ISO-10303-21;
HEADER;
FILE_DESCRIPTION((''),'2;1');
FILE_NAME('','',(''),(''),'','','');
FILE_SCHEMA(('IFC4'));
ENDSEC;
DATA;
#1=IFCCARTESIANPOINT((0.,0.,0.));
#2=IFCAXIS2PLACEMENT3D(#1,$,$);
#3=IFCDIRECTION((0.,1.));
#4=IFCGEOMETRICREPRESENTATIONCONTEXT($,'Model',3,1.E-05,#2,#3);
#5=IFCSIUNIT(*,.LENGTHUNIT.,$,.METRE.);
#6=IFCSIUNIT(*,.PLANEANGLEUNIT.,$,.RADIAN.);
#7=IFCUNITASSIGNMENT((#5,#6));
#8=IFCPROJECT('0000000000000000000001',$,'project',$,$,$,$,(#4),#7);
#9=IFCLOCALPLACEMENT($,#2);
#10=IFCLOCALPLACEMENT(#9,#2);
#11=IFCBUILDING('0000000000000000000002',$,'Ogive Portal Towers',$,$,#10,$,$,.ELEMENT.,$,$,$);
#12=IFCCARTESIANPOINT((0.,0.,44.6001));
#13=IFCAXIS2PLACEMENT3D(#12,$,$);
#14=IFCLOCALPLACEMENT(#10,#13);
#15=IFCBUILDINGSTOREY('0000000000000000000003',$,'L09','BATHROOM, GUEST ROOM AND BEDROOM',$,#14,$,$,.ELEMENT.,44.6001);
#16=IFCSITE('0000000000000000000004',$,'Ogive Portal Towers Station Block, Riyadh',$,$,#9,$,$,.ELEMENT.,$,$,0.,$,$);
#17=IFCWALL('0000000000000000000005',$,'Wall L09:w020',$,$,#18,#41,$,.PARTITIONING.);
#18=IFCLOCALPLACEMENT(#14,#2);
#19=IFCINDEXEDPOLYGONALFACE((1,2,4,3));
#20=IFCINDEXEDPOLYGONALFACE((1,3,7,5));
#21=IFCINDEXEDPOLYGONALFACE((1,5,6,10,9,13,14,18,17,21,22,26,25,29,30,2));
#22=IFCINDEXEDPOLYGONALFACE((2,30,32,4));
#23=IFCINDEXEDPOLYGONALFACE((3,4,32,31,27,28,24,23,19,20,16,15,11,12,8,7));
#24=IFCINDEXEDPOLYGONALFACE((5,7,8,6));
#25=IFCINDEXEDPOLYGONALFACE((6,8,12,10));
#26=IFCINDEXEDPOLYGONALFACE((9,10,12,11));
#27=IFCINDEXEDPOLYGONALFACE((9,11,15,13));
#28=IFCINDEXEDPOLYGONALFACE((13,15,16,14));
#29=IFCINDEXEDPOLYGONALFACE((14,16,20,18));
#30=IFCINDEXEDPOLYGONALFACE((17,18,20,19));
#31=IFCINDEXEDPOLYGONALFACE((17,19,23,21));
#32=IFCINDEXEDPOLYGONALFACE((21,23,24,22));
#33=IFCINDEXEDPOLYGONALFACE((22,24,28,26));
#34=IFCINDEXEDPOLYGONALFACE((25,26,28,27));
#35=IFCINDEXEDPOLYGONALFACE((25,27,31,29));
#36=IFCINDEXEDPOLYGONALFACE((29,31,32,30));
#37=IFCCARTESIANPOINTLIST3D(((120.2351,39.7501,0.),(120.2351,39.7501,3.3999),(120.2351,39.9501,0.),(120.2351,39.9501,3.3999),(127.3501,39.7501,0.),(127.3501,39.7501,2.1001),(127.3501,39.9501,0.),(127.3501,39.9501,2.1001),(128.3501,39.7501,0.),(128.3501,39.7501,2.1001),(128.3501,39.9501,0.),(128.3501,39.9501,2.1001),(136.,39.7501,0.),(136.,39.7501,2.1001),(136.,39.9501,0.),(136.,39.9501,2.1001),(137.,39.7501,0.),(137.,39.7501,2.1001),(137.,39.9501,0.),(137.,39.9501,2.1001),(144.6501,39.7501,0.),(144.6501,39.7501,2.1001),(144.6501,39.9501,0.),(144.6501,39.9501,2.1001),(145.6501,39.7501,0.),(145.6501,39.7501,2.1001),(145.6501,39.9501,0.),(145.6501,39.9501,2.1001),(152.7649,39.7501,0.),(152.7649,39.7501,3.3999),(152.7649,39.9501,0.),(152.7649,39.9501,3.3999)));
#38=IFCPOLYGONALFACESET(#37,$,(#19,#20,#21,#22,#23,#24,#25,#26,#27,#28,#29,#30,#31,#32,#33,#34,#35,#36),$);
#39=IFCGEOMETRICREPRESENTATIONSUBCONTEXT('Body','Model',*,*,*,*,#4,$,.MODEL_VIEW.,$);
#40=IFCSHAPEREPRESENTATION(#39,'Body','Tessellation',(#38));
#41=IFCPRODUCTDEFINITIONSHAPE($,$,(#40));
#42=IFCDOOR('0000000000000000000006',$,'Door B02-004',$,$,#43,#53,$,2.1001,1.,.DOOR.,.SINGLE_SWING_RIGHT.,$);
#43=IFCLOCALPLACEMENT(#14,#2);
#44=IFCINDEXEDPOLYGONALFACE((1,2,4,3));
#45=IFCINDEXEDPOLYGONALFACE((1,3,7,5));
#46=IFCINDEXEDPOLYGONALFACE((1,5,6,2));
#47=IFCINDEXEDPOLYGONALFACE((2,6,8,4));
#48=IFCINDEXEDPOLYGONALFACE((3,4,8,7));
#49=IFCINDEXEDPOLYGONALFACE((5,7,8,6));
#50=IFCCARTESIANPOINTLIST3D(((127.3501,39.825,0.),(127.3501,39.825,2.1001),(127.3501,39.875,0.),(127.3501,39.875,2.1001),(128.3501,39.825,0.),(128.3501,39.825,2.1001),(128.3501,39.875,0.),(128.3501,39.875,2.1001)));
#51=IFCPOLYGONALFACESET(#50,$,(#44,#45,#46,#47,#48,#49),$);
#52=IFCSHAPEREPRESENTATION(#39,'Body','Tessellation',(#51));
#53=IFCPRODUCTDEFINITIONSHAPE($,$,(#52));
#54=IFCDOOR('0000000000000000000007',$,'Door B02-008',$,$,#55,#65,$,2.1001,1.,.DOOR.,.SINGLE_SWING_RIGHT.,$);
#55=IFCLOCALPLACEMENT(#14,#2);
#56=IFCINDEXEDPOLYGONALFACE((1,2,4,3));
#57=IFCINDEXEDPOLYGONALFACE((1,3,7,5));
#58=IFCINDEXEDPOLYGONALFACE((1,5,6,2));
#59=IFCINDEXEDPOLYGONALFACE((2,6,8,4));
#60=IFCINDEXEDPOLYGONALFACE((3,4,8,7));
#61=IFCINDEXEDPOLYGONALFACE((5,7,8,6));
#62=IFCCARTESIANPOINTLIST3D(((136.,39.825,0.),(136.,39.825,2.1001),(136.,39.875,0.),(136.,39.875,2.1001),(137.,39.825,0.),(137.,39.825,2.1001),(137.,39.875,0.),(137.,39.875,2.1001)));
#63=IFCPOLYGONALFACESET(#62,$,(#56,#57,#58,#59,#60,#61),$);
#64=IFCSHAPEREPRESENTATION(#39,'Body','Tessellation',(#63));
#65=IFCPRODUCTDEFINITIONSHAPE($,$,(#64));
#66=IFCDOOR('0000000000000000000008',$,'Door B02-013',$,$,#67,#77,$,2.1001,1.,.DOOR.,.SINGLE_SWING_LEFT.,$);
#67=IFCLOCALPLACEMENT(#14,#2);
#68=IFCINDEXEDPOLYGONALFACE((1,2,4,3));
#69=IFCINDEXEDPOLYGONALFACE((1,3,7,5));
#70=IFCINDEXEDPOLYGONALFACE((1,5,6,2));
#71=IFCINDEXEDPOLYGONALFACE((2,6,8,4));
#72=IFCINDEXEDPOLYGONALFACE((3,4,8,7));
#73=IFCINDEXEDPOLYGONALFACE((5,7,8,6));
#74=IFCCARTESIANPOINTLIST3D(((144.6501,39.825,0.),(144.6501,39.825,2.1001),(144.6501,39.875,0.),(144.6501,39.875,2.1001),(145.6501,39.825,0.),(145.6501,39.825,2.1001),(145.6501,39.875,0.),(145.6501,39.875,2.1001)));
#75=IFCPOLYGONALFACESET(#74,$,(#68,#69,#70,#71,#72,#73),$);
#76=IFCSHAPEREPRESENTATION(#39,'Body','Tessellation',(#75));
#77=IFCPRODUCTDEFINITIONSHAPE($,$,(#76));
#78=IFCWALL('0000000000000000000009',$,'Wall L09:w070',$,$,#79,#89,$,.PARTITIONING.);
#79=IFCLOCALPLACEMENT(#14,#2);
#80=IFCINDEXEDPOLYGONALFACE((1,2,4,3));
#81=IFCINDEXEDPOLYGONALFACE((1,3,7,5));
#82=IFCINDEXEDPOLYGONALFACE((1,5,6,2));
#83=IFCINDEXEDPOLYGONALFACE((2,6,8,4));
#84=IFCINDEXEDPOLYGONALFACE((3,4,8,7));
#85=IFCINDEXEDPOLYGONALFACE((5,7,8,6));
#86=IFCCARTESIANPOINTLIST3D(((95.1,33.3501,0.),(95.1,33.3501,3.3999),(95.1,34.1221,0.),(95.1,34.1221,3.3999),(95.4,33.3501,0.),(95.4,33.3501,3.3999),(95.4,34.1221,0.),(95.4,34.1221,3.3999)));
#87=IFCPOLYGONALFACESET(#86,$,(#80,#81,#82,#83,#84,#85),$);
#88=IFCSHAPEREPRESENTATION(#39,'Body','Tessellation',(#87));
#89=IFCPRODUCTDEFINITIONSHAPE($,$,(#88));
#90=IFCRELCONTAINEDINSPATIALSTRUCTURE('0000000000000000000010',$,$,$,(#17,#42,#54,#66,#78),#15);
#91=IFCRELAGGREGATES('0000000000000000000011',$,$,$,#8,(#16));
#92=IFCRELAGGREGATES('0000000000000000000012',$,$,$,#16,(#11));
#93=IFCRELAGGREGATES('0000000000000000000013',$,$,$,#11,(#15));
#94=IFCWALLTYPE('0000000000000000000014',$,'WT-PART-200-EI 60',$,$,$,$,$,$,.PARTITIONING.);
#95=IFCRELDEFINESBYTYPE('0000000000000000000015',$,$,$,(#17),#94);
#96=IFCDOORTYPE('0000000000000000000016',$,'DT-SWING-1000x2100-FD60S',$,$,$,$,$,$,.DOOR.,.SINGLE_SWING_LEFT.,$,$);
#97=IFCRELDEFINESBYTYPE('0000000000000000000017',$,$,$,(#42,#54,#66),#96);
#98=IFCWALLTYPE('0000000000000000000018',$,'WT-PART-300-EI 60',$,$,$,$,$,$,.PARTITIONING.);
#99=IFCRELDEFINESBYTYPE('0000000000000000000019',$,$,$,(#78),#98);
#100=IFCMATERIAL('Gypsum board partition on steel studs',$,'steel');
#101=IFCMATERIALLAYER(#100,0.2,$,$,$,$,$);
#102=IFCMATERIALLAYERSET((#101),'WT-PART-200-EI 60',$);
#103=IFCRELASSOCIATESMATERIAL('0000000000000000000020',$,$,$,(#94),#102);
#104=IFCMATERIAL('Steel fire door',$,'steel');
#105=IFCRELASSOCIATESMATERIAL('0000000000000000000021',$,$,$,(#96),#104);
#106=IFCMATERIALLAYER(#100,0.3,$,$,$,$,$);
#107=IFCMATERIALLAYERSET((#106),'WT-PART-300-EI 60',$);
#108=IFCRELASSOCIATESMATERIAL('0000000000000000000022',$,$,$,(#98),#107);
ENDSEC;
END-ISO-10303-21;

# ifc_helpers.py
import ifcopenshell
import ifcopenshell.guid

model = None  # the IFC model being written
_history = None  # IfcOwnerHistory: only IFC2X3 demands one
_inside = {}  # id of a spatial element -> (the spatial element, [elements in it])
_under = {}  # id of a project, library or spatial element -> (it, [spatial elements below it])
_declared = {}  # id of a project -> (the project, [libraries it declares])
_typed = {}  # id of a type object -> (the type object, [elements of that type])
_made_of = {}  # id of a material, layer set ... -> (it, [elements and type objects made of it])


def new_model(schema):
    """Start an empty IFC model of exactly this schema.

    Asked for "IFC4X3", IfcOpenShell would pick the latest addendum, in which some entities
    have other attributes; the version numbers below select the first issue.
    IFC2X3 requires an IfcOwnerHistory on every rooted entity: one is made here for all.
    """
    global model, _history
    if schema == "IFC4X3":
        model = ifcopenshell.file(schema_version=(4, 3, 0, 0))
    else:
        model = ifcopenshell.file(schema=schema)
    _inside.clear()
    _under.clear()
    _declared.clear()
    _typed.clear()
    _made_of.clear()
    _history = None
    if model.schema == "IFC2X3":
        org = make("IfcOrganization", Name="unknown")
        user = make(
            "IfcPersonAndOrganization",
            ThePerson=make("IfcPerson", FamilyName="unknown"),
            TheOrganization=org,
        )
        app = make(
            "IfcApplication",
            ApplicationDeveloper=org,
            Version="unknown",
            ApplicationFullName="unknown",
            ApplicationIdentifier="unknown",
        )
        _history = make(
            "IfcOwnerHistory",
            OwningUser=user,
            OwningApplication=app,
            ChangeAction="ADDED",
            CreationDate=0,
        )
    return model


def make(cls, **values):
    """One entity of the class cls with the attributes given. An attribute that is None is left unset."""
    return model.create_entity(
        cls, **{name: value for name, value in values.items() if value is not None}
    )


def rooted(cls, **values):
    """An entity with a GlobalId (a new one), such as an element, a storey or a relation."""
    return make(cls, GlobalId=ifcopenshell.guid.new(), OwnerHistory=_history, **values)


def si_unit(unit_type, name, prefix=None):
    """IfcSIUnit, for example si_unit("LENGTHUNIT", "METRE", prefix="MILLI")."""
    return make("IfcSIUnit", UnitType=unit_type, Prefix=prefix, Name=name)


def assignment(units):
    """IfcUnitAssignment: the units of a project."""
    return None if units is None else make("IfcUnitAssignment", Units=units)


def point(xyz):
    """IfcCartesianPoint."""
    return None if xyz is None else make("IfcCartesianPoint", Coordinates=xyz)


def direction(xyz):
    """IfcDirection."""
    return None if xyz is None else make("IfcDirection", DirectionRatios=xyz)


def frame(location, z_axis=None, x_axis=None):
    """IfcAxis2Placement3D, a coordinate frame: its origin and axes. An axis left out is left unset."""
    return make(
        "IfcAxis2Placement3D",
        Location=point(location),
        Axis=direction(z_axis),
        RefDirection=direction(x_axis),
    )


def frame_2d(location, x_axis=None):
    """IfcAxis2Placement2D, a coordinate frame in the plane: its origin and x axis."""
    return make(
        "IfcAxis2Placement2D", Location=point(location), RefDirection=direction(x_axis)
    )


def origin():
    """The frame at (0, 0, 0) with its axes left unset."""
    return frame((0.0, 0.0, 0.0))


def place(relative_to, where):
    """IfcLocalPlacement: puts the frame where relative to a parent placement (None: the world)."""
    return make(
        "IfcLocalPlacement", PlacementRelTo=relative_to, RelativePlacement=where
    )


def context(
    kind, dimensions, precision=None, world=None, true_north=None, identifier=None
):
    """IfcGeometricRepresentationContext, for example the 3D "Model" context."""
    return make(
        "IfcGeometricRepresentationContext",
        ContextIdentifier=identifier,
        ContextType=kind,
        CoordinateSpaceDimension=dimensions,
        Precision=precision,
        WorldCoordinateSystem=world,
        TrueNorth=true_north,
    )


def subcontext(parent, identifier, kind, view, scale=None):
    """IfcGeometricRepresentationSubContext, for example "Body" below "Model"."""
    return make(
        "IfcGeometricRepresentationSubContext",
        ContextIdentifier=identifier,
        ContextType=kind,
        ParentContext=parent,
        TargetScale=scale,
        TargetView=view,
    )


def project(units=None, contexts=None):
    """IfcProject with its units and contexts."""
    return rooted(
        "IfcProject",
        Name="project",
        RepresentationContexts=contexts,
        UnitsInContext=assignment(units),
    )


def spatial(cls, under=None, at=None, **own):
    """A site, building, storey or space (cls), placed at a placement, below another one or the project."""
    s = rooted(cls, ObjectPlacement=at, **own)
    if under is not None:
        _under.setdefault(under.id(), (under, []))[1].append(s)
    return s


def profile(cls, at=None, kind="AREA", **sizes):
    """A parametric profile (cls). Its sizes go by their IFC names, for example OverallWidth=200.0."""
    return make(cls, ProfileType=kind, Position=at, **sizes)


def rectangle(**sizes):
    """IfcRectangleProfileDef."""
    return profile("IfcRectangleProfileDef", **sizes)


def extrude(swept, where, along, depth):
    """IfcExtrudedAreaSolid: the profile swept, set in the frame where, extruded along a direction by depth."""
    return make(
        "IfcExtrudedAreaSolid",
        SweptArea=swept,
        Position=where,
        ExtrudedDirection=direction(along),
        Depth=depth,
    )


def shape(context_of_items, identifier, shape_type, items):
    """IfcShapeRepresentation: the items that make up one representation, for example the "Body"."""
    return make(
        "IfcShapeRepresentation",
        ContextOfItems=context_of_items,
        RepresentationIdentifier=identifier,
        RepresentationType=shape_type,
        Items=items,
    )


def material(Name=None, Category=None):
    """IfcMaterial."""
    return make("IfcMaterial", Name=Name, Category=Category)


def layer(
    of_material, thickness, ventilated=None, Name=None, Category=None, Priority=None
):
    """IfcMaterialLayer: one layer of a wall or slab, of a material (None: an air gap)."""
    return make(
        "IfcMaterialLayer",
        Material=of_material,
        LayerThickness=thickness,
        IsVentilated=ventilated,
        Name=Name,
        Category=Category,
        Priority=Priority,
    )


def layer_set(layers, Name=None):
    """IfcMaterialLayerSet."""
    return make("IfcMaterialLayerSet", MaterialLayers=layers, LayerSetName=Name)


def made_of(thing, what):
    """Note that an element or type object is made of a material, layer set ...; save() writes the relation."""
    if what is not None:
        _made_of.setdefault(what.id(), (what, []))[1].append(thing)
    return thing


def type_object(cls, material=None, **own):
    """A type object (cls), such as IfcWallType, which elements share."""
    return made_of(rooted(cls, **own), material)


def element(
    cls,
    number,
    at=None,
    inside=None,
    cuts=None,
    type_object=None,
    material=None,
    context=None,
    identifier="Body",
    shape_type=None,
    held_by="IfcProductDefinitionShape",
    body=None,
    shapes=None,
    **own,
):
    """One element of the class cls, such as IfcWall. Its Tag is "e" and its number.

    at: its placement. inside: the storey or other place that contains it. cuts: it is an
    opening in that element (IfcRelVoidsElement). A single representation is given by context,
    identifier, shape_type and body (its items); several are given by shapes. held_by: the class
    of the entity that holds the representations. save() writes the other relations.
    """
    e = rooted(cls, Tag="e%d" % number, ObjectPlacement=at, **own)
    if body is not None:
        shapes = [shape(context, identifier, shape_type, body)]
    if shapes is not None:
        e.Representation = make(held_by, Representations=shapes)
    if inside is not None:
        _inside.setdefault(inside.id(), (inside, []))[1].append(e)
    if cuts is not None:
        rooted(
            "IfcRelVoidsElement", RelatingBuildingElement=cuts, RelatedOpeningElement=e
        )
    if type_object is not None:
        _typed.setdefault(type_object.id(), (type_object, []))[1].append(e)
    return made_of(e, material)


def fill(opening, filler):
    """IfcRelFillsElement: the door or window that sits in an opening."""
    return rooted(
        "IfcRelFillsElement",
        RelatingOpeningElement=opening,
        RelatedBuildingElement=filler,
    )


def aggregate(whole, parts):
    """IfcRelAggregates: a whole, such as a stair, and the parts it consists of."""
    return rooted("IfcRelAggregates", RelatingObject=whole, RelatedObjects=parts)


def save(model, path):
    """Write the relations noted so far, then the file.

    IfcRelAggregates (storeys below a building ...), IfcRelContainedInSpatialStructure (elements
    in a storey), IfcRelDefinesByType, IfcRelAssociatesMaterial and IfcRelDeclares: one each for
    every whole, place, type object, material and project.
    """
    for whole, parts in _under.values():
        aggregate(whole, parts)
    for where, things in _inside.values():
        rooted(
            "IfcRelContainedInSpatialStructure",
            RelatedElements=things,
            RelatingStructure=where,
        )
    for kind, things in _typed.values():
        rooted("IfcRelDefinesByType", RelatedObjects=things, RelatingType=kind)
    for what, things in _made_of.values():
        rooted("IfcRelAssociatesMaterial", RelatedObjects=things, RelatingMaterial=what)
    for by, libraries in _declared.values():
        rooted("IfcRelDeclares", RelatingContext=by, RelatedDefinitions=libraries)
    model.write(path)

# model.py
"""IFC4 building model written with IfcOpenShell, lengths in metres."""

from ifc_helpers import new_model, si_unit, direction, frame, frame_2d, origin, place, context, subcontext, project, spatial, rectangle, extrude, material, layer, layer_set, type_object, element, fill, save


model = new_model("IFC4")

# Units and contexts
model_context = context("Model", 3, precision=1e-05, world=origin(), true_north=direction((0.0, 1.0)))
body_context = subcontext(model_context, "Body", "Model", "MODEL_VIEW")
ifc_project = project(units=[si_unit("LENGTHUNIT", "METRE"), si_unit("PLANEANGLEUNIT", "RADIAN")], contexts=[model_context])

# Site, building, storey
site_placement = place(None, origin())
site = spatial("IfcSite", under=ifc_project, at=site_placement, Name="Ogive Portal Towers Station Block, Riyadh", CompositionType="ELEMENT", RefElevation=0.0)
building_placement = place(site_placement, origin())
building = spatial("IfcBuilding", under=site, at=building_placement, Name="Ogive Portal Towers", CompositionType="ELEMENT")
storey_placement = place(building_placement, frame((0.0, 0.0, 44.6001)))
storey = spatial("IfcBuildingStorey", under=building, at=storey_placement, Name="L09", Description="BATHROOM, GUEST ROOM AND BEDROOM", CompositionType="ELEMENT", Elevation=44.6001)

# Shared definitions
ifc_material_1 = material(Name="Steel fire door", Category="steel")

# Shared definitions
ifc_material_2 = material(Name="Gypsum board partition on steel studs", Category="steel")
ifc_layer_1 = layer(ifc_material_2, 0.2)
ifc_layer_set_1 = layer_set([ifc_layer_1], Name="WT-PART-200-EI 60")
wall_type_1 = type_object("IfcWallType", Name="WT-PART-200-EI 60", PredefinedType="PARTITIONING", material=ifc_layer_set_1)

# Wall, openings, doors
wall_1_placement = place(storey_placement, frame((120.2351, 39.8501, 0.0), z_axis=(0.0, 0.0, 1.0), x_axis=(1.0, 0.0, 0.0)))
wall_1 = element("IfcWall", 1, at=wall_1_placement, inside=storey, type_object=wall_type_1, Name="Wall L09:w020", PredefinedType="PARTITIONING", context=body_context, shape_type="SweptSolid", body=[
    extrude(rectangle(XDim=32.5298, YDim=0.2, at=frame_2d((16.2649, 0.0))), origin(), (0.0, 0.0, 1.0), 3.3999),
])
opening_1_placement = place(wall_1_placement, frame((7.115, 0.0, 0.0)))
opening_1 = element("IfcOpeningElement", 2, at=opening_1_placement, cuts=wall_1, PredefinedType="OPENING", context=body_context, shape_type="SweptSolid", body=[
    extrude(rectangle(XDim=1.0, YDim=2.1001, at=frame_2d((0.5, 1.05))), frame((0.0, 0.1099, 0.0), z_axis=(0.0, -1.0, 0.0), x_axis=(1.0, 0.0, 0.0)), (0.0, 0.0, 1.0), 0.22),
])
opening_2_placement = place(wall_1_placement, frame((15.7649, 0.0, 0.0)))
opening_2 = element("IfcOpeningElement", 3, at=opening_2_placement, cuts=wall_1, PredefinedType="OPENING", context=body_context, shape_type="SweptSolid", body=[
    extrude(rectangle(XDim=1.0, YDim=2.1001, at=frame_2d((0.5, 1.05))), frame((0.0, 0.1099, 0.0), z_axis=(0.0, -1.0, 0.0), x_axis=(1.0, 0.0, 0.0)), (0.0, 0.0, 1.0), 0.22),
])
opening_3_placement = place(wall_1_placement, frame((24.415, 0.0, 0.0)))
opening_3 = element("IfcOpeningElement", 4, at=opening_3_placement, cuts=wall_1, PredefinedType="OPENING", context=body_context, shape_type="SweptSolid", body=[
    extrude(rectangle(XDim=1.0, YDim=2.1001, at=frame_2d((0.5, 1.05))), frame((0.0, 0.1099, 0.0), z_axis=(0.0, -1.0, 0.0), x_axis=(1.0, 0.0, 0.0)), (0.0, 0.0, 1.0), 0.22),
])
door_type_1 = type_object("IfcDoorType", Name="DT-SWING-1000x2100-FD60S", OperationType="SINGLE_SWING_LEFT", PredefinedType="DOOR", material=ifc_material_1)
door_1_placement = place(opening_1_placement, origin())
door_1 = element("IfcDoor", 5, at=door_1_placement, inside=storey, type_object=door_type_1, Name="Door B02-004", OperationType="SINGLE_SWING_RIGHT", OverallHeight=2.1001, OverallWidth=1.0, PredefinedType="DOOR", context=body_context, shape_type="SweptSolid", body=[
    extrude(rectangle(XDim=1.0, YDim=2.1001, at=frame_2d((0.5, 1.05))), frame((0.0, 0.0249, 0.0), z_axis=(0.0, -1.0, 0.0), x_axis=(1.0, 0.0, 0.0)), (0.0, 0.0, 1.0), 0.05),
])
fill(opening_1, door_1)
door_2_placement = place(opening_2_placement, origin())
door_2 = element("IfcDoor", 6, at=door_2_placement, inside=storey, type_object=door_type_1, Name="Door B02-008", OperationType="SINGLE_SWING_RIGHT", OverallHeight=2.1001, OverallWidth=1.0, PredefinedType="DOOR", context=body_context, shape_type="SweptSolid", body=[
    extrude(rectangle(XDim=1.0, YDim=2.1001, at=frame_2d((0.5, 1.05))), frame((0.0, 0.0249, 0.0), z_axis=(0.0, -1.0, 0.0), x_axis=(1.0, 0.0, 0.0)), (0.0, 0.0, 1.0), 0.05),
])
fill(opening_2, door_2)
door_3_placement = place(opening_3_placement, origin())
door_3 = element("IfcDoor", 7, at=door_3_placement, inside=storey, type_object=door_type_1, Name="Door B02-013", OperationType="SINGLE_SWING_LEFT", OverallHeight=2.1001, OverallWidth=1.0, PredefinedType="DOOR", context=body_context, shape_type="SweptSolid", body=[
    extrude(rectangle(XDim=1.0, YDim=2.1001, at=frame_2d((0.5, 1.05))), frame((0.0, 0.0249, 0.0), z_axis=(0.0, -1.0, 0.0), x_axis=(1.0, 0.0, 0.0)), (0.0, 0.0, 1.0), 0.05),
])
fill(opening_3, door_3)

# Wall
ifc_layer_2 = layer(ifc_material_2, 0.3)
ifc_layer_set_2 = layer_set([ifc_layer_2], Name="WT-PART-300-EI 60")
wall_type_2 = type_object("IfcWallType", Name="WT-PART-300-EI 60", PredefinedType="PARTITIONING", material=ifc_layer_set_2)
wall_2_placement = place(storey_placement, frame((95.25, 33.3501, 0.0), z_axis=(0.0, 0.0, 1.0), x_axis=(0.0, 1.0, 0.0)))
element("IfcWall", 8, at=wall_2_placement, inside=storey, type_object=wall_type_2, Name="Wall L09:w070", PredefinedType="PARTITIONING", context=body_context, shape_type="SweptSolid", body=[
    extrude(rectangle(XDim=0.772, YDim=0.3, at=frame_2d((0.386, 0.0))), origin(), (0.0, 0.0, 1.0), 3.3999),
])

save(model, "model.ifc")
